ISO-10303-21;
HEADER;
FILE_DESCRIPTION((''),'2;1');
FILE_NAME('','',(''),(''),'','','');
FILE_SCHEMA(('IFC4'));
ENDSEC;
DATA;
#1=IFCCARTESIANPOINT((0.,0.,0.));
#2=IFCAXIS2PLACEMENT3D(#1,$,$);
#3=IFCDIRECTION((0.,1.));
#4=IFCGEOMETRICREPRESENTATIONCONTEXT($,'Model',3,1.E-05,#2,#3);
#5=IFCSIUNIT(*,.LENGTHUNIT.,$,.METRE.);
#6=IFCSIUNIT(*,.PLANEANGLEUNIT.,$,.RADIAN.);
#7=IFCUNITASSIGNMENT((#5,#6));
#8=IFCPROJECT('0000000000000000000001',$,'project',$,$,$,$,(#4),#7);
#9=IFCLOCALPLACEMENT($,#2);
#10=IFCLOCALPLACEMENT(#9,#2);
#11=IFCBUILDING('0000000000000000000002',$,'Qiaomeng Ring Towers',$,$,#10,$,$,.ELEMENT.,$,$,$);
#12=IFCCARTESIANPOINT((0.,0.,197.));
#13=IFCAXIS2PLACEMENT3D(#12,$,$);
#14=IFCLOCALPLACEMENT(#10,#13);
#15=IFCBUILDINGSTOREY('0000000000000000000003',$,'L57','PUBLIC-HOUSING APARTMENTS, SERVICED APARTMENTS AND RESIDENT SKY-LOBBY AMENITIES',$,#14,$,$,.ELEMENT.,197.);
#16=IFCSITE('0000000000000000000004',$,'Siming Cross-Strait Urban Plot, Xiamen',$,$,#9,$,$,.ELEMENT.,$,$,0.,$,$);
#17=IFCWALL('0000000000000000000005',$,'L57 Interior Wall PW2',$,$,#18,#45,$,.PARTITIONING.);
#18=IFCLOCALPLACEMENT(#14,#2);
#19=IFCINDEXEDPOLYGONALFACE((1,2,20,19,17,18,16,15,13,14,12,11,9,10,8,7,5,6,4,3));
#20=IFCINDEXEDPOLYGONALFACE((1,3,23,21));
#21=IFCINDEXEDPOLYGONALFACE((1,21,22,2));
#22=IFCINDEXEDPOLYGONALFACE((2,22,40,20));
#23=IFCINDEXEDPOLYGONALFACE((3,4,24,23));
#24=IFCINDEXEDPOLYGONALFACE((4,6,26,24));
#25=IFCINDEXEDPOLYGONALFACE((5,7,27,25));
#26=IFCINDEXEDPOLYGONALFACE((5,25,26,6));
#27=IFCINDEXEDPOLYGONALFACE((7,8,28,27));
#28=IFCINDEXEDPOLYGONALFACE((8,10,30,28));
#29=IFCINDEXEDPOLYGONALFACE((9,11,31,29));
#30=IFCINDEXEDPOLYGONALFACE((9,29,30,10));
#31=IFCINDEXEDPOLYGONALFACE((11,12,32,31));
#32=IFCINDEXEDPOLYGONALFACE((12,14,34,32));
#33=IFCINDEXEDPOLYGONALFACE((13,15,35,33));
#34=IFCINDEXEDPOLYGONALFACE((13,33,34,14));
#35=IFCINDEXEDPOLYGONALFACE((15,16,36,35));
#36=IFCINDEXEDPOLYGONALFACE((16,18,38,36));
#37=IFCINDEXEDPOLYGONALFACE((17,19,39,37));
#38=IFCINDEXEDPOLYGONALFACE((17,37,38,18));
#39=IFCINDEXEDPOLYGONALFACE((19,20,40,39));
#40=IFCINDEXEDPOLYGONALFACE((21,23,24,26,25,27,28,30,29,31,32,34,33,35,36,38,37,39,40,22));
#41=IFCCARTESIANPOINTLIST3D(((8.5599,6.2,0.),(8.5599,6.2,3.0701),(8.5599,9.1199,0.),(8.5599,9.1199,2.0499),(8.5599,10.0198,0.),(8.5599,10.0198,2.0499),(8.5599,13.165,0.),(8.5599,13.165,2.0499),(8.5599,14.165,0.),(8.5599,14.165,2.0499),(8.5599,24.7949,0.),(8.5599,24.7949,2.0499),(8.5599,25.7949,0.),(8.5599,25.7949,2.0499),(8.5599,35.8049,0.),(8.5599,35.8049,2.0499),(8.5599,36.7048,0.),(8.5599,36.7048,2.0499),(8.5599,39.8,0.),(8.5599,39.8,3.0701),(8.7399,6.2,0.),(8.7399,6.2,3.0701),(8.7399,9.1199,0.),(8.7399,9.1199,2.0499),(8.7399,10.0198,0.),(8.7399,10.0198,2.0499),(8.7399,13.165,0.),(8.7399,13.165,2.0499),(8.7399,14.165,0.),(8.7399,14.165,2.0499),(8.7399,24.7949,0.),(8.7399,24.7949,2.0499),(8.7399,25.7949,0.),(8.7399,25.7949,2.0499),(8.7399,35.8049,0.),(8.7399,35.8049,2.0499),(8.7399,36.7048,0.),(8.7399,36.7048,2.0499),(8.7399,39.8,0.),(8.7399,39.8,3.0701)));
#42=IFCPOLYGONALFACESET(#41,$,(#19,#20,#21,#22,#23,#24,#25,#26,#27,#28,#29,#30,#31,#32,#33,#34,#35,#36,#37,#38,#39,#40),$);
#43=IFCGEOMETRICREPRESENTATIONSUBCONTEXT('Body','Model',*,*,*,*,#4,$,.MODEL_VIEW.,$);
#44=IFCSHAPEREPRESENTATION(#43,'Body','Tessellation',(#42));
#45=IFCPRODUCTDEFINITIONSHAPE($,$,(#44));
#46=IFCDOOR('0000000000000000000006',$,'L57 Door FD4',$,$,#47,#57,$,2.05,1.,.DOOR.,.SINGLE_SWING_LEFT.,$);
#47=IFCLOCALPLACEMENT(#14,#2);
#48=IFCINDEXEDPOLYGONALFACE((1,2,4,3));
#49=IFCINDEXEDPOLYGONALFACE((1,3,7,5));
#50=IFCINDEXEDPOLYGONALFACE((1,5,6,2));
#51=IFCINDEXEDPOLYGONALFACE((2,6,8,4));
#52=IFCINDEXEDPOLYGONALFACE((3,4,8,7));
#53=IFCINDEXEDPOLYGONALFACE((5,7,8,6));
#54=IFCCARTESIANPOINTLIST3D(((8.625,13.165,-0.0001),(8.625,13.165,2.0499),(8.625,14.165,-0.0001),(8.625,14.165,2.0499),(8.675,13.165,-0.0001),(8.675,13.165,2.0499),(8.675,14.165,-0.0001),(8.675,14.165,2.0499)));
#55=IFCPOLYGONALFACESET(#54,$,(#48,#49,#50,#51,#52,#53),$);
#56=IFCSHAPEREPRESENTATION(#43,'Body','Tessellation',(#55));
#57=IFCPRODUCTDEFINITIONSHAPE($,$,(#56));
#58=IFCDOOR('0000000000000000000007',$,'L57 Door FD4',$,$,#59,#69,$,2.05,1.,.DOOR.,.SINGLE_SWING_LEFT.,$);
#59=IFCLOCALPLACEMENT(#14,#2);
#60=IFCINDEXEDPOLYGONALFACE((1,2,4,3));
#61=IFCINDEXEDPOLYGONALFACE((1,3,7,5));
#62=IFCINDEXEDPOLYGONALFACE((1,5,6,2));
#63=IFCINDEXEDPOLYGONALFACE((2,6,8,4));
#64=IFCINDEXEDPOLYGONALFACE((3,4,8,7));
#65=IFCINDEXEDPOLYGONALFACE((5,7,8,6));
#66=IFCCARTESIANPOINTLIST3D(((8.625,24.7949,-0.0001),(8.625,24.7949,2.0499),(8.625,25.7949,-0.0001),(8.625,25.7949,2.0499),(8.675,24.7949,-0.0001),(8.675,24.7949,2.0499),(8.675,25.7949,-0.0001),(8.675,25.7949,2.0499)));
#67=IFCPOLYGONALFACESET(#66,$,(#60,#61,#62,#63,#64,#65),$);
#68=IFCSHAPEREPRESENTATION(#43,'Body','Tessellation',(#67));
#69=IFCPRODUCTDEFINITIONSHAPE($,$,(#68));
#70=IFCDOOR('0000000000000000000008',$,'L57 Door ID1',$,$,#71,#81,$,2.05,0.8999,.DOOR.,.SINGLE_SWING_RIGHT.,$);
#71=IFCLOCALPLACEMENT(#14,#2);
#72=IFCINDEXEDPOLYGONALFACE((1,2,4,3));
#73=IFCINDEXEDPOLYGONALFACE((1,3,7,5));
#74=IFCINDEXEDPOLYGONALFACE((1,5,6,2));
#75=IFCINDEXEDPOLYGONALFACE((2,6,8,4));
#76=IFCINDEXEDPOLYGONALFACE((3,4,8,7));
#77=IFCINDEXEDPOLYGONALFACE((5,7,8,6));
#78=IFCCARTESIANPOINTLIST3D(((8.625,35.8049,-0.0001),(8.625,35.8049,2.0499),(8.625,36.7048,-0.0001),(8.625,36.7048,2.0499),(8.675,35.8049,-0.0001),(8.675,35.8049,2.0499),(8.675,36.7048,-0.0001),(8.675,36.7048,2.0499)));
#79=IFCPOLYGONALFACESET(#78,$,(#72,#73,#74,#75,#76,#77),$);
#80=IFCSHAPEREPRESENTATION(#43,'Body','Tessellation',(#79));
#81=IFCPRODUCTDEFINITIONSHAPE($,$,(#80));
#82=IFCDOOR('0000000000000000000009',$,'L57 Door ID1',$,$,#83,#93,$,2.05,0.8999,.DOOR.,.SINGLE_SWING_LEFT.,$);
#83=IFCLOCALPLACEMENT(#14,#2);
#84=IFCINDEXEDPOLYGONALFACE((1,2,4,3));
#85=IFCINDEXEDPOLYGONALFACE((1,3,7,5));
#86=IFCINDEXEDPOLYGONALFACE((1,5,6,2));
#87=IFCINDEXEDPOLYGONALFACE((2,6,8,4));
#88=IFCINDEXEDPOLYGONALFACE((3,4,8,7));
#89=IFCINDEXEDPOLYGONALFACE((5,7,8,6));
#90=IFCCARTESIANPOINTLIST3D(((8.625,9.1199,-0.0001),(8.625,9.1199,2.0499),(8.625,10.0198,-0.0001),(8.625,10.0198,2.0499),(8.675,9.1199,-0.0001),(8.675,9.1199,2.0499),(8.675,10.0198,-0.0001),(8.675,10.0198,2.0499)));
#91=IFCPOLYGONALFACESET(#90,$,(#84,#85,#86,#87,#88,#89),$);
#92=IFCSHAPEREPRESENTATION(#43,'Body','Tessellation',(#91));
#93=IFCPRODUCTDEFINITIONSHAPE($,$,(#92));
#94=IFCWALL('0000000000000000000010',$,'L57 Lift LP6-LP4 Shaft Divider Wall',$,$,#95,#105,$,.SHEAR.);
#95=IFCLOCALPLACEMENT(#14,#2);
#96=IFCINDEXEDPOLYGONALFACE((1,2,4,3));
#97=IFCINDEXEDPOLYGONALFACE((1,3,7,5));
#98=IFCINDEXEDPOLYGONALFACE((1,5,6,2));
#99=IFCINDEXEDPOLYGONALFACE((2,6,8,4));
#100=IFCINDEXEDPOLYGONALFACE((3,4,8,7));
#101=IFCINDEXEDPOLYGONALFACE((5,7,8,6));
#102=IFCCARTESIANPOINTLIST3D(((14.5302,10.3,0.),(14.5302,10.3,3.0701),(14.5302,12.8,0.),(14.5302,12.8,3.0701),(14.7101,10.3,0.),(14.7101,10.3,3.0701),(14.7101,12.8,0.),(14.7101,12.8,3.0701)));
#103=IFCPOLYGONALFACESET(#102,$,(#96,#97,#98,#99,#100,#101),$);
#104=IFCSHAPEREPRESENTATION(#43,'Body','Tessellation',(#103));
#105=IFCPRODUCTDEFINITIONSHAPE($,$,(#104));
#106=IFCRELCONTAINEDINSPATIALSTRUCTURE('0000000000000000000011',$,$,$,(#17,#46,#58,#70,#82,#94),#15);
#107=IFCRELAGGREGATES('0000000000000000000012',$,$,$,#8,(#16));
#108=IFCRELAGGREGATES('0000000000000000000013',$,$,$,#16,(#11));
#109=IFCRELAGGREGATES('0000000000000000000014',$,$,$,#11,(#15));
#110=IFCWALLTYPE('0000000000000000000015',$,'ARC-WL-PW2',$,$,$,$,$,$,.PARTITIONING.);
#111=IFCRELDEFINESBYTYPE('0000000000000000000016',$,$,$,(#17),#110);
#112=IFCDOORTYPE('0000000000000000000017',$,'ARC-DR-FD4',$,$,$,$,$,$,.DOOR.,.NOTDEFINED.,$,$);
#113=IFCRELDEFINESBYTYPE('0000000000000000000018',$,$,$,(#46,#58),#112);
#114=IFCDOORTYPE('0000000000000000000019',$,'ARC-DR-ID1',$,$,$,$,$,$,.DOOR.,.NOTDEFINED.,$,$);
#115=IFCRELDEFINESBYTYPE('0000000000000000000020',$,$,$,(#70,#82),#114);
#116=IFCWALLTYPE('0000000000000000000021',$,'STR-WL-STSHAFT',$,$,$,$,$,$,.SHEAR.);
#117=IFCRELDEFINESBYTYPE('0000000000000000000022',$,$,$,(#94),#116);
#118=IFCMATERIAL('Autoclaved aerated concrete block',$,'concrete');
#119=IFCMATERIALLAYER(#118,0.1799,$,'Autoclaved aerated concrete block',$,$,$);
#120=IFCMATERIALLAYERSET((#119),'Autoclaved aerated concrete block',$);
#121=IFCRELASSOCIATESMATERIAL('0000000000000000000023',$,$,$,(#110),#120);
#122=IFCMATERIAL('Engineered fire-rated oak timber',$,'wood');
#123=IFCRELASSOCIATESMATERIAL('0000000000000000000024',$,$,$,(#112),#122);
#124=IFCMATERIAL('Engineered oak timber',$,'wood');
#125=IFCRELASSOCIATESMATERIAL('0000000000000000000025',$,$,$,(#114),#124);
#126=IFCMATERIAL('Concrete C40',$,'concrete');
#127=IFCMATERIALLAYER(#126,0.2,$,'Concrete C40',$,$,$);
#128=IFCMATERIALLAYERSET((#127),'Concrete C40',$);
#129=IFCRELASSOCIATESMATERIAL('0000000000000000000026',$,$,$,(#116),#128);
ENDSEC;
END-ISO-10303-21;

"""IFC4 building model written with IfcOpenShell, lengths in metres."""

from ifc_helpers import new_model, si_unit, direction, frame, frame_2d, origin, place, context, subcontext, project, spatial, rectangle, extrude, source, transform, mapped, material, layer, layer_set, type_object, element, fill, save


model = new_model("IFC4")

# Units and contexts
model_context = context("Model", 3, precision=1e-05, world=origin(), true_north=direction((0.0, 1.0)))
body_context = subcontext(model_context, "Body", "Model", "MODEL_VIEW")
ifc_project = project(units=[si_unit("LENGTHUNIT", "METRE"), si_unit("PLANEANGLEUNIT", "RADIAN")], contexts=[model_context])

# Site, building, storey
site_placement = place(None, origin())
site = spatial("IfcSite", under=ifc_project, at=site_placement, Name="Siming Cross-Strait Urban Plot, Xiamen", CompositionType="ELEMENT", RefElevation=0.0)
building_placement = place(site_placement, origin())
building = spatial("IfcBuilding", under=site, at=building_placement, Name="Qiaomeng Ring Towers", CompositionType="ELEMENT")
storey_placement = place(building_placement, frame((0.0, 0.0, 197.0)))
storey = spatial("IfcBuildingStorey", under=building, at=storey_placement, Name="L57", Description="PUBLIC-HOUSING APARTMENTS, SERVICED APARTMENTS AND RESIDENT SKY-LOBBY AMENITIES", CompositionType="ELEMENT", Elevation=197.0)

# Shared definitions
ifc_material_1 = material(Name="Autoclaved aerated concrete block", Category="concrete")

# Wall, openings, doors
ifc_layer_1 = layer(ifc_material_1, 0.1799, Name="Autoclaved aerated concrete block")
ifc_layer_set_1 = layer_set([ifc_layer_1], Name="Autoclaved aerated concrete block")
wall_type_1 = type_object("IfcWallType", Name="ARC-WL-PW2", PredefinedType="PARTITIONING", material=ifc_layer_set_1)
wall_1_placement = place(storey_placement, frame((8.6499, 6.2, 0.0), z_axis=(0.0, 0.0, 1.0), x_axis=(0.0, 1.0, 0.0)))
wall_1 = element("IfcWall", 1, at=wall_1_placement, inside=storey, type_object=wall_type_1, Name="L57 Interior Wall PW2", PredefinedType="PARTITIONING", context=body_context, shape_type="SweptSolid", body=[
    extrude(rectangle(XDim=33.6001, YDim=0.1799, at=frame_2d((16.8, 0.0))), origin(), (0.0, 0.0, 1.0), 3.0701),
])
opening_1_placement = place(wall_1_placement, frame((29.605, 0.0, 0.0)))
opening_1 = element("IfcOpeningElement", 2, at=opening_1_placement, cuts=wall_1, PredefinedType="OPENING", context=body_context, shape_type="SweptSolid", body=[
    extrude(rectangle(XDim=0.8999, YDim=2.05, at=frame_2d((0.45, 1.0249))), frame((0.0, 0.0999, 0.0), z_axis=(0.0, -1.0, 0.0), x_axis=(1.0, 0.0, 0.0)), (0.0, 0.0, 1.0), 0.2),
])
opening_2_placement = place(wall_1_placement, frame((2.9199, 0.0, 0.0)))
opening_2 = element("IfcOpeningElement", 3, at=opening_2_placement, cuts=wall_1, PredefinedType="OPENING", context=body_context, shape_type="SweptSolid", body=[
    extrude(rectangle(XDim=0.8999, YDim=2.05, at=frame_2d((0.45, 1.0249))), frame((0.0, 0.0999, 0.0), z_axis=(0.0, -1.0, 0.0), x_axis=(1.0, 0.0, 0.0)), (0.0, 0.0, 1.0), 0.2),
])
opening_3_placement = place(wall_1_placement, frame((6.9651, 0.0, 0.0)))
opening_3 = element("IfcOpeningElement", 4, at=opening_3_placement, cuts=wall_1, PredefinedType="OPENING", context=body_context, shape_type="SweptSolid", body=[
    extrude(rectangle(XDim=1.0, YDim=2.05, at=frame_2d((0.5, 1.0249))), frame((0.0, 0.0999, 0.0), z_axis=(0.0, -1.0, 0.0), x_axis=(1.0, 0.0, 0.0)), (0.0, 0.0, 1.0), 0.2),
])
opening_4_placement = place(wall_1_placement, frame((18.595, 0.0, 0.0)))
opening_4 = element("IfcOpeningElement", 5, at=opening_4_placement, cuts=wall_1, PredefinedType="OPENING", context=body_context, shape_type="SweptSolid", body=[
    extrude(rectangle(XDim=1.0, YDim=2.05, at=frame_2d((0.5, 1.0249))), frame((0.0, 0.0999, 0.0), z_axis=(0.0, -1.0, 0.0), x_axis=(1.0, 0.0, 0.0)), (0.0, 0.0, 1.0), 0.2),
])
ifc_material_2 = material(Name="Engineered fire-rated oak timber", Category="wood")
door_type_1 = type_object("IfcDoorType", Name="ARC-DR-FD4", OperationType="NOTDEFINED", PredefinedType="DOOR", material=ifc_material_2)
shared_shape_1 = source(origin(), body_context, "Body", "SweptSolid", [
    extrude(rectangle(XDim=1.0, YDim=2.05, at=frame_2d((0.5, 1.0249))), frame((0.0, 0.0249, 0.0), z_axis=(0.0, -1.0, 0.0), x_axis=(1.0, 0.0, 0.0)), (0.0, 0.0, 1.0), 0.05),
])
door_1_placement = place(opening_3_placement, origin())
door_1 = element("IfcDoor", 6, at=door_1_placement, inside=storey, type_object=door_type_1, Name="L57 Door FD4", OperationType="SINGLE_SWING_LEFT", OverallHeight=2.05, OverallWidth=1.0, PredefinedType="DOOR", context=body_context, shape_type="MappedRepresentation", body=[
    mapped(shared_shape_1, transform((0.0, 0.0, 0.0), x_axis=(1.0, 0.0, 0.0), y_axis=(0.0, 1.0, 0.0), z_axis=(0.0, 0.0, 1.0), scale=1.0)),
])
fill(opening_3, door_1)
door_2_placement = place(opening_4_placement, origin())
door_2 = element("IfcDoor", 7, at=door_2_placement, inside=storey, type_object=door_type_1, Name="L57 Door FD4", OperationType="SINGLE_SWING_LEFT", OverallHeight=2.05, OverallWidth=1.0, PredefinedType="DOOR", context=body_context, shape_type="MappedRepresentation", body=[
    mapped(shared_shape_1, transform((0.0, 0.0, 0.0), x_axis=(1.0, 0.0, 0.0), y_axis=(0.0, 1.0, 0.0), z_axis=(0.0, 0.0, 1.0), scale=1.0)),
])
fill(opening_4, door_2)
ifc_material_3 = material(Name="Engineered oak timber", Category="wood")
door_type_2 = type_object("IfcDoorType", Name="ARC-DR-ID1", OperationType="NOTDEFINED", PredefinedType="DOOR", material=ifc_material_3)
shared_shape_2 = source(origin(), body_context, "Body", "SweptSolid", [
    extrude(rectangle(XDim=0.8999, YDim=2.05, at=frame_2d((0.45, 1.0249))), frame((0.0, 0.0249, 0.0), z_axis=(0.0, -1.0, 0.0), x_axis=(1.0, 0.0, 0.0)), (0.0, 0.0, 1.0), 0.05),
])
door_3_placement = place(opening_1_placement, origin())
door_3 = element("IfcDoor", 8, at=door_3_placement, inside=storey, type_object=door_type_2, Name="L57 Door ID1", OperationType="SINGLE_SWING_RIGHT", OverallHeight=2.05, OverallWidth=0.8999, PredefinedType="DOOR", context=body_context, shape_type="MappedRepresentation", body=[
    mapped(shared_shape_2, transform((0.0, 0.0, 0.0), x_axis=(1.0, 0.0, 0.0), y_axis=(0.0, 1.0, 0.0), z_axis=(0.0, 0.0, 1.0), scale=1.0)),
])
fill(opening_1, door_3)
door_4_placement = place(opening_2_placement, origin())
door_4 = element("IfcDoor", 9, at=door_4_placement, inside=storey, type_object=door_type_2, Name="L57 Door ID1", OperationType="SINGLE_SWING_LEFT", OverallHeight=2.05, OverallWidth=0.8999, PredefinedType="DOOR", context=body_context, shape_type="MappedRepresentation", body=[
    mapped(shared_shape_2, transform((0.0, 0.0, 0.0), x_axis=(1.0, 0.0, 0.0), y_axis=(0.0, 1.0, 0.0), z_axis=(0.0, 0.0, 1.0), scale=1.0)),
])
fill(opening_2, door_4)

# Wall
ifc_material_4 = material(Name="Concrete C40", Category="concrete")
ifc_layer_2 = layer(ifc_material_4, 0.2, Name="Concrete C40")
ifc_layer_set_2 = layer_set([ifc_layer_2], Name="Concrete C40")
wall_type_2 = type_object("IfcWallType", Name="STR-WL-STSHAFT", PredefinedType="SHEAR", material=ifc_layer_set_2)
wall_2_placement = place(storey_placement, frame((14.6201, 10.3, 0.0), z_axis=(0.0, 0.0, 1.0), x_axis=(0.0, 1.0, 0.0)))
element("IfcWall", 10, at=wall_2_placement, inside=storey, type_object=wall_type_2, Name="L57 Lift LP6-LP4 Shaft Divider Wall", PredefinedType="SHEAR", context=body_context, shape_type="SweptSolid", body=[
    extrude(rectangle(XDim=2.5, YDim=0.1799, at=frame_2d((1.25, 0.0))), origin(), (0.0, 0.0, 1.0), 3.0701),
])

save(model, "model.ifc")
